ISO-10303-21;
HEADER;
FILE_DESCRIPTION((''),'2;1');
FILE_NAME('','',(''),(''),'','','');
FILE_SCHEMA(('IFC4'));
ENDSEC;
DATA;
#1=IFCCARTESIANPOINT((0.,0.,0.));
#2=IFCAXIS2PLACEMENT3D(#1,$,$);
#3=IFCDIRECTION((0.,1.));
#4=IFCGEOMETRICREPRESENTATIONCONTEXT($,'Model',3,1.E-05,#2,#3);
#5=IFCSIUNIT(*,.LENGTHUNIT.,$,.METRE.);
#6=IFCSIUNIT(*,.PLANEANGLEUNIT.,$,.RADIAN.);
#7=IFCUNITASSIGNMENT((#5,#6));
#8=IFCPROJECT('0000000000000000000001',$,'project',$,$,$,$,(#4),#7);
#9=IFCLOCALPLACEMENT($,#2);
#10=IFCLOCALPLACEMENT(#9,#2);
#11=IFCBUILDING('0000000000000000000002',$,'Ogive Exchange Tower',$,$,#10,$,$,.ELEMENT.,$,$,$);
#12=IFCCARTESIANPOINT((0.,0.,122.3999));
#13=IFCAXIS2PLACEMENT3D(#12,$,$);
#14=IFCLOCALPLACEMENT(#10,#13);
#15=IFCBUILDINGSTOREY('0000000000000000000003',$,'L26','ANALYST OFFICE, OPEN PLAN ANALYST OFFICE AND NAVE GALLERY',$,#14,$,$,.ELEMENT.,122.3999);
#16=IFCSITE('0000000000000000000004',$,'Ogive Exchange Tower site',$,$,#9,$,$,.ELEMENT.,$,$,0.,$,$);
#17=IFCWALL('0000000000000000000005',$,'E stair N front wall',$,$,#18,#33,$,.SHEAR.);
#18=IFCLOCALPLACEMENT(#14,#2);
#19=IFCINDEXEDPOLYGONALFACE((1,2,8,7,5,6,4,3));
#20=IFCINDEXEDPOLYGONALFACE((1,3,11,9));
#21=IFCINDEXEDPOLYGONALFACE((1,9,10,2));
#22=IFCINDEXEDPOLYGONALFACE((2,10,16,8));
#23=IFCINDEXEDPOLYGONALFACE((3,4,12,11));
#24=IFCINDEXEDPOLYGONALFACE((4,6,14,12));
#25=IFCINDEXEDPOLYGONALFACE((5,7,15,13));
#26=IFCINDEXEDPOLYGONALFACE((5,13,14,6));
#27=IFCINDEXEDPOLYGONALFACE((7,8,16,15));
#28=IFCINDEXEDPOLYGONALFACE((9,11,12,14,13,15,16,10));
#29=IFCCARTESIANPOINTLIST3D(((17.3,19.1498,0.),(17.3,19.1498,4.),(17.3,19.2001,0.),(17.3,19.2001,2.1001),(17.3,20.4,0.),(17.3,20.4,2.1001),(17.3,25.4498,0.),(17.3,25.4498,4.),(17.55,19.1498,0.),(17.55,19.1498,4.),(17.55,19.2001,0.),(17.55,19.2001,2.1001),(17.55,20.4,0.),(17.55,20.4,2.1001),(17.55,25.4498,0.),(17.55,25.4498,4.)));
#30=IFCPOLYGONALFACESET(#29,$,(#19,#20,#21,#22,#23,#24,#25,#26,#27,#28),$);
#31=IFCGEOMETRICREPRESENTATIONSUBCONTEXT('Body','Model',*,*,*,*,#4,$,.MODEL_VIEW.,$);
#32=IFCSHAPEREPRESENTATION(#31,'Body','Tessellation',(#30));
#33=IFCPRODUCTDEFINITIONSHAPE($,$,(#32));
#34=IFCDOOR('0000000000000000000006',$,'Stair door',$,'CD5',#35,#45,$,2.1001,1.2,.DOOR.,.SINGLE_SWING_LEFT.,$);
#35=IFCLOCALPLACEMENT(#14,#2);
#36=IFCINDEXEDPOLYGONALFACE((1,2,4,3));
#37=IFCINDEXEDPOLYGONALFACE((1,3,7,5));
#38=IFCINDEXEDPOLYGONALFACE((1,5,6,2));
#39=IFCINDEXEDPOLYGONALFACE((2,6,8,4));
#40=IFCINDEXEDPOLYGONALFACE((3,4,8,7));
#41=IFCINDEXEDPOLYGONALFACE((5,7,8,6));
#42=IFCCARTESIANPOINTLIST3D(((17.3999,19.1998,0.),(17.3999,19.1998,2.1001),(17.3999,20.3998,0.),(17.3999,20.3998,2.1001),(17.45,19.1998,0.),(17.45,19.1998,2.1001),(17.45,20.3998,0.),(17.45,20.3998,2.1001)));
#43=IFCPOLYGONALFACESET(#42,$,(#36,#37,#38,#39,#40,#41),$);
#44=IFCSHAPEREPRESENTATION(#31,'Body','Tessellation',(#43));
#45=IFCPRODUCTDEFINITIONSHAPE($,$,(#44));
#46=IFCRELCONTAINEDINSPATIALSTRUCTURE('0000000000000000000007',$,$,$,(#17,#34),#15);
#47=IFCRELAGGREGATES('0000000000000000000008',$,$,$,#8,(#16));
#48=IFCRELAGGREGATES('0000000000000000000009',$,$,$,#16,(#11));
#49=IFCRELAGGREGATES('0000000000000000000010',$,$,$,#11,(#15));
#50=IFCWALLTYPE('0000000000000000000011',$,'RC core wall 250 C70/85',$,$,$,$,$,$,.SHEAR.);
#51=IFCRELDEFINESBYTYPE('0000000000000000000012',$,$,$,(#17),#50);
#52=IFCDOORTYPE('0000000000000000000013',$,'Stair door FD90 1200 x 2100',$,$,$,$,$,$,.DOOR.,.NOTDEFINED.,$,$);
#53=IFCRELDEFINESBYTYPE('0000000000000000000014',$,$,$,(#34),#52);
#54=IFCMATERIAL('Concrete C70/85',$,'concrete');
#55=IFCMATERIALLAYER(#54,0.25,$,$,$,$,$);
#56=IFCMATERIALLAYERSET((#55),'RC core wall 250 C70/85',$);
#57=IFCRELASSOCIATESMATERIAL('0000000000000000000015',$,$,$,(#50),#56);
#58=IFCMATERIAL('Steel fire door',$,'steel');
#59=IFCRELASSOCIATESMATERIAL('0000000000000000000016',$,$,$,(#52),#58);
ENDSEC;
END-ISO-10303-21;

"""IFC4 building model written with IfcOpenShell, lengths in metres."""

from ifc_helpers import new_model, si_unit, direction, frame, frame_2d, origin, place, context, subcontext, project, spatial, rectangle, extrude, material, layer, layer_set, type_object, element, fill, save


model = new_model("IFC4")

# Units and contexts
model_context = context("Model", 3, precision=1e-05, world=origin(), true_north=direction((0.0, 1.0)))
body_context = subcontext(model_context, "Body", "Model", "MODEL_VIEW")
ifc_project = project(units=[si_unit("LENGTHUNIT", "METRE"), si_unit("PLANEANGLEUNIT", "RADIAN")], contexts=[model_context])

# Site, building, storey
site_placement = place(None, origin())
site = spatial("IfcSite", under=ifc_project, at=site_placement, Name="Ogive Exchange Tower site", CompositionType="ELEMENT", RefElevation=0.0)
building_placement = place(site_placement, origin())
building = spatial("IfcBuilding", under=site, at=building_placement, Name="Ogive Exchange Tower", CompositionType="ELEMENT")
storey_placement = place(building_placement, frame((0.0, 0.0, 122.3999)))
storey = spatial("IfcBuildingStorey", under=building, at=storey_placement, Name="L26", Description="ANALYST OFFICE, OPEN PLAN ANALYST OFFICE AND NAVE GALLERY", CompositionType="ELEMENT", Elevation=122.3999)

# Wall, opening, door
ifc_material_1 = material(Name="Concrete C70/85", Category="concrete")
ifc_material_2 = material(Name="Steel fire door", Category="steel")
ifc_layer_1 = layer(ifc_material_1, 0.25)
ifc_layer_set_1 = layer_set([ifc_layer_1], Name="RC core wall 250 C70/85")
wall_type_1 = type_object("IfcWallType", Name="RC core wall 250 C70/85", PredefinedType="SHEAR", material=ifc_layer_set_1)
wall_1_placement = place(storey_placement, frame((17.425, 19.1499, 0.0), z_axis=(0.0, 0.0, 1.0), x_axis=(0.0, 1.0, 0.0)))
wall_1 = element("IfcWall", 1, at=wall_1_placement, inside=storey, type_object=wall_type_1, Name="E stair N front wall", PredefinedType="SHEAR", context=body_context, shape_type="SweptSolid", body=[
    extrude(rectangle(XDim=6.3, YDim=0.25, at=frame_2d((3.1499, 0.0))), origin(), (0.0, 0.0, 1.0), 4.0),
])
opening_1_placement = place(wall_1_placement, frame((0.05, 0.0, 0.0)))
opening_1 = element("IfcOpeningElement", 2, at=opening_1_placement, cuts=wall_1, PredefinedType="OPENING", context=body_context, shape_type="SweptSolid", body=[
    extrude(rectangle(XDim=1.2, YDim=2.1001, at=frame_2d((0.6001, 1.05))), frame((0.0, 0.135, 0.0), z_axis=(0.0, -1.0, 0.0), x_axis=(1.0, 0.0, 0.0)), (0.0, 0.0, 1.0), 0.27),
])
door_type_1 = type_object("IfcDoorType", Name="Stair door FD90 1200 x 2100", OperationType="NOTDEFINED", PredefinedType="DOOR", material=ifc_material_2)
door_1_placement = place(opening_1_placement, frame((1.2, 0.0, 0.0), z_axis=(0.0, 0.0, 1.0), x_axis=(-1.0, 0.0, 0.0)))
door_1 = element("IfcDoor", 3, at=door_1_placement, inside=storey, type_object=door_type_1, Name="Stair door", ObjectType="CD5", OperationType="SINGLE_SWING_LEFT", OverallHeight=2.1001, OverallWidth=1.2, PredefinedType="DOOR", context=body_context, shape_type="SweptSolid", body=[
    extrude(rectangle(XDim=1.2, YDim=2.1001, at=frame_2d((0.6001, 1.05))), frame((0.0, 0.0249, 0.0), z_axis=(0.0, -1.0, 0.0), x_axis=(1.0, 0.0, 0.0)), (0.0, 0.0, 1.0), 0.05),
])
fill(opening_1, door_1)

save(model, "model.ifc")
